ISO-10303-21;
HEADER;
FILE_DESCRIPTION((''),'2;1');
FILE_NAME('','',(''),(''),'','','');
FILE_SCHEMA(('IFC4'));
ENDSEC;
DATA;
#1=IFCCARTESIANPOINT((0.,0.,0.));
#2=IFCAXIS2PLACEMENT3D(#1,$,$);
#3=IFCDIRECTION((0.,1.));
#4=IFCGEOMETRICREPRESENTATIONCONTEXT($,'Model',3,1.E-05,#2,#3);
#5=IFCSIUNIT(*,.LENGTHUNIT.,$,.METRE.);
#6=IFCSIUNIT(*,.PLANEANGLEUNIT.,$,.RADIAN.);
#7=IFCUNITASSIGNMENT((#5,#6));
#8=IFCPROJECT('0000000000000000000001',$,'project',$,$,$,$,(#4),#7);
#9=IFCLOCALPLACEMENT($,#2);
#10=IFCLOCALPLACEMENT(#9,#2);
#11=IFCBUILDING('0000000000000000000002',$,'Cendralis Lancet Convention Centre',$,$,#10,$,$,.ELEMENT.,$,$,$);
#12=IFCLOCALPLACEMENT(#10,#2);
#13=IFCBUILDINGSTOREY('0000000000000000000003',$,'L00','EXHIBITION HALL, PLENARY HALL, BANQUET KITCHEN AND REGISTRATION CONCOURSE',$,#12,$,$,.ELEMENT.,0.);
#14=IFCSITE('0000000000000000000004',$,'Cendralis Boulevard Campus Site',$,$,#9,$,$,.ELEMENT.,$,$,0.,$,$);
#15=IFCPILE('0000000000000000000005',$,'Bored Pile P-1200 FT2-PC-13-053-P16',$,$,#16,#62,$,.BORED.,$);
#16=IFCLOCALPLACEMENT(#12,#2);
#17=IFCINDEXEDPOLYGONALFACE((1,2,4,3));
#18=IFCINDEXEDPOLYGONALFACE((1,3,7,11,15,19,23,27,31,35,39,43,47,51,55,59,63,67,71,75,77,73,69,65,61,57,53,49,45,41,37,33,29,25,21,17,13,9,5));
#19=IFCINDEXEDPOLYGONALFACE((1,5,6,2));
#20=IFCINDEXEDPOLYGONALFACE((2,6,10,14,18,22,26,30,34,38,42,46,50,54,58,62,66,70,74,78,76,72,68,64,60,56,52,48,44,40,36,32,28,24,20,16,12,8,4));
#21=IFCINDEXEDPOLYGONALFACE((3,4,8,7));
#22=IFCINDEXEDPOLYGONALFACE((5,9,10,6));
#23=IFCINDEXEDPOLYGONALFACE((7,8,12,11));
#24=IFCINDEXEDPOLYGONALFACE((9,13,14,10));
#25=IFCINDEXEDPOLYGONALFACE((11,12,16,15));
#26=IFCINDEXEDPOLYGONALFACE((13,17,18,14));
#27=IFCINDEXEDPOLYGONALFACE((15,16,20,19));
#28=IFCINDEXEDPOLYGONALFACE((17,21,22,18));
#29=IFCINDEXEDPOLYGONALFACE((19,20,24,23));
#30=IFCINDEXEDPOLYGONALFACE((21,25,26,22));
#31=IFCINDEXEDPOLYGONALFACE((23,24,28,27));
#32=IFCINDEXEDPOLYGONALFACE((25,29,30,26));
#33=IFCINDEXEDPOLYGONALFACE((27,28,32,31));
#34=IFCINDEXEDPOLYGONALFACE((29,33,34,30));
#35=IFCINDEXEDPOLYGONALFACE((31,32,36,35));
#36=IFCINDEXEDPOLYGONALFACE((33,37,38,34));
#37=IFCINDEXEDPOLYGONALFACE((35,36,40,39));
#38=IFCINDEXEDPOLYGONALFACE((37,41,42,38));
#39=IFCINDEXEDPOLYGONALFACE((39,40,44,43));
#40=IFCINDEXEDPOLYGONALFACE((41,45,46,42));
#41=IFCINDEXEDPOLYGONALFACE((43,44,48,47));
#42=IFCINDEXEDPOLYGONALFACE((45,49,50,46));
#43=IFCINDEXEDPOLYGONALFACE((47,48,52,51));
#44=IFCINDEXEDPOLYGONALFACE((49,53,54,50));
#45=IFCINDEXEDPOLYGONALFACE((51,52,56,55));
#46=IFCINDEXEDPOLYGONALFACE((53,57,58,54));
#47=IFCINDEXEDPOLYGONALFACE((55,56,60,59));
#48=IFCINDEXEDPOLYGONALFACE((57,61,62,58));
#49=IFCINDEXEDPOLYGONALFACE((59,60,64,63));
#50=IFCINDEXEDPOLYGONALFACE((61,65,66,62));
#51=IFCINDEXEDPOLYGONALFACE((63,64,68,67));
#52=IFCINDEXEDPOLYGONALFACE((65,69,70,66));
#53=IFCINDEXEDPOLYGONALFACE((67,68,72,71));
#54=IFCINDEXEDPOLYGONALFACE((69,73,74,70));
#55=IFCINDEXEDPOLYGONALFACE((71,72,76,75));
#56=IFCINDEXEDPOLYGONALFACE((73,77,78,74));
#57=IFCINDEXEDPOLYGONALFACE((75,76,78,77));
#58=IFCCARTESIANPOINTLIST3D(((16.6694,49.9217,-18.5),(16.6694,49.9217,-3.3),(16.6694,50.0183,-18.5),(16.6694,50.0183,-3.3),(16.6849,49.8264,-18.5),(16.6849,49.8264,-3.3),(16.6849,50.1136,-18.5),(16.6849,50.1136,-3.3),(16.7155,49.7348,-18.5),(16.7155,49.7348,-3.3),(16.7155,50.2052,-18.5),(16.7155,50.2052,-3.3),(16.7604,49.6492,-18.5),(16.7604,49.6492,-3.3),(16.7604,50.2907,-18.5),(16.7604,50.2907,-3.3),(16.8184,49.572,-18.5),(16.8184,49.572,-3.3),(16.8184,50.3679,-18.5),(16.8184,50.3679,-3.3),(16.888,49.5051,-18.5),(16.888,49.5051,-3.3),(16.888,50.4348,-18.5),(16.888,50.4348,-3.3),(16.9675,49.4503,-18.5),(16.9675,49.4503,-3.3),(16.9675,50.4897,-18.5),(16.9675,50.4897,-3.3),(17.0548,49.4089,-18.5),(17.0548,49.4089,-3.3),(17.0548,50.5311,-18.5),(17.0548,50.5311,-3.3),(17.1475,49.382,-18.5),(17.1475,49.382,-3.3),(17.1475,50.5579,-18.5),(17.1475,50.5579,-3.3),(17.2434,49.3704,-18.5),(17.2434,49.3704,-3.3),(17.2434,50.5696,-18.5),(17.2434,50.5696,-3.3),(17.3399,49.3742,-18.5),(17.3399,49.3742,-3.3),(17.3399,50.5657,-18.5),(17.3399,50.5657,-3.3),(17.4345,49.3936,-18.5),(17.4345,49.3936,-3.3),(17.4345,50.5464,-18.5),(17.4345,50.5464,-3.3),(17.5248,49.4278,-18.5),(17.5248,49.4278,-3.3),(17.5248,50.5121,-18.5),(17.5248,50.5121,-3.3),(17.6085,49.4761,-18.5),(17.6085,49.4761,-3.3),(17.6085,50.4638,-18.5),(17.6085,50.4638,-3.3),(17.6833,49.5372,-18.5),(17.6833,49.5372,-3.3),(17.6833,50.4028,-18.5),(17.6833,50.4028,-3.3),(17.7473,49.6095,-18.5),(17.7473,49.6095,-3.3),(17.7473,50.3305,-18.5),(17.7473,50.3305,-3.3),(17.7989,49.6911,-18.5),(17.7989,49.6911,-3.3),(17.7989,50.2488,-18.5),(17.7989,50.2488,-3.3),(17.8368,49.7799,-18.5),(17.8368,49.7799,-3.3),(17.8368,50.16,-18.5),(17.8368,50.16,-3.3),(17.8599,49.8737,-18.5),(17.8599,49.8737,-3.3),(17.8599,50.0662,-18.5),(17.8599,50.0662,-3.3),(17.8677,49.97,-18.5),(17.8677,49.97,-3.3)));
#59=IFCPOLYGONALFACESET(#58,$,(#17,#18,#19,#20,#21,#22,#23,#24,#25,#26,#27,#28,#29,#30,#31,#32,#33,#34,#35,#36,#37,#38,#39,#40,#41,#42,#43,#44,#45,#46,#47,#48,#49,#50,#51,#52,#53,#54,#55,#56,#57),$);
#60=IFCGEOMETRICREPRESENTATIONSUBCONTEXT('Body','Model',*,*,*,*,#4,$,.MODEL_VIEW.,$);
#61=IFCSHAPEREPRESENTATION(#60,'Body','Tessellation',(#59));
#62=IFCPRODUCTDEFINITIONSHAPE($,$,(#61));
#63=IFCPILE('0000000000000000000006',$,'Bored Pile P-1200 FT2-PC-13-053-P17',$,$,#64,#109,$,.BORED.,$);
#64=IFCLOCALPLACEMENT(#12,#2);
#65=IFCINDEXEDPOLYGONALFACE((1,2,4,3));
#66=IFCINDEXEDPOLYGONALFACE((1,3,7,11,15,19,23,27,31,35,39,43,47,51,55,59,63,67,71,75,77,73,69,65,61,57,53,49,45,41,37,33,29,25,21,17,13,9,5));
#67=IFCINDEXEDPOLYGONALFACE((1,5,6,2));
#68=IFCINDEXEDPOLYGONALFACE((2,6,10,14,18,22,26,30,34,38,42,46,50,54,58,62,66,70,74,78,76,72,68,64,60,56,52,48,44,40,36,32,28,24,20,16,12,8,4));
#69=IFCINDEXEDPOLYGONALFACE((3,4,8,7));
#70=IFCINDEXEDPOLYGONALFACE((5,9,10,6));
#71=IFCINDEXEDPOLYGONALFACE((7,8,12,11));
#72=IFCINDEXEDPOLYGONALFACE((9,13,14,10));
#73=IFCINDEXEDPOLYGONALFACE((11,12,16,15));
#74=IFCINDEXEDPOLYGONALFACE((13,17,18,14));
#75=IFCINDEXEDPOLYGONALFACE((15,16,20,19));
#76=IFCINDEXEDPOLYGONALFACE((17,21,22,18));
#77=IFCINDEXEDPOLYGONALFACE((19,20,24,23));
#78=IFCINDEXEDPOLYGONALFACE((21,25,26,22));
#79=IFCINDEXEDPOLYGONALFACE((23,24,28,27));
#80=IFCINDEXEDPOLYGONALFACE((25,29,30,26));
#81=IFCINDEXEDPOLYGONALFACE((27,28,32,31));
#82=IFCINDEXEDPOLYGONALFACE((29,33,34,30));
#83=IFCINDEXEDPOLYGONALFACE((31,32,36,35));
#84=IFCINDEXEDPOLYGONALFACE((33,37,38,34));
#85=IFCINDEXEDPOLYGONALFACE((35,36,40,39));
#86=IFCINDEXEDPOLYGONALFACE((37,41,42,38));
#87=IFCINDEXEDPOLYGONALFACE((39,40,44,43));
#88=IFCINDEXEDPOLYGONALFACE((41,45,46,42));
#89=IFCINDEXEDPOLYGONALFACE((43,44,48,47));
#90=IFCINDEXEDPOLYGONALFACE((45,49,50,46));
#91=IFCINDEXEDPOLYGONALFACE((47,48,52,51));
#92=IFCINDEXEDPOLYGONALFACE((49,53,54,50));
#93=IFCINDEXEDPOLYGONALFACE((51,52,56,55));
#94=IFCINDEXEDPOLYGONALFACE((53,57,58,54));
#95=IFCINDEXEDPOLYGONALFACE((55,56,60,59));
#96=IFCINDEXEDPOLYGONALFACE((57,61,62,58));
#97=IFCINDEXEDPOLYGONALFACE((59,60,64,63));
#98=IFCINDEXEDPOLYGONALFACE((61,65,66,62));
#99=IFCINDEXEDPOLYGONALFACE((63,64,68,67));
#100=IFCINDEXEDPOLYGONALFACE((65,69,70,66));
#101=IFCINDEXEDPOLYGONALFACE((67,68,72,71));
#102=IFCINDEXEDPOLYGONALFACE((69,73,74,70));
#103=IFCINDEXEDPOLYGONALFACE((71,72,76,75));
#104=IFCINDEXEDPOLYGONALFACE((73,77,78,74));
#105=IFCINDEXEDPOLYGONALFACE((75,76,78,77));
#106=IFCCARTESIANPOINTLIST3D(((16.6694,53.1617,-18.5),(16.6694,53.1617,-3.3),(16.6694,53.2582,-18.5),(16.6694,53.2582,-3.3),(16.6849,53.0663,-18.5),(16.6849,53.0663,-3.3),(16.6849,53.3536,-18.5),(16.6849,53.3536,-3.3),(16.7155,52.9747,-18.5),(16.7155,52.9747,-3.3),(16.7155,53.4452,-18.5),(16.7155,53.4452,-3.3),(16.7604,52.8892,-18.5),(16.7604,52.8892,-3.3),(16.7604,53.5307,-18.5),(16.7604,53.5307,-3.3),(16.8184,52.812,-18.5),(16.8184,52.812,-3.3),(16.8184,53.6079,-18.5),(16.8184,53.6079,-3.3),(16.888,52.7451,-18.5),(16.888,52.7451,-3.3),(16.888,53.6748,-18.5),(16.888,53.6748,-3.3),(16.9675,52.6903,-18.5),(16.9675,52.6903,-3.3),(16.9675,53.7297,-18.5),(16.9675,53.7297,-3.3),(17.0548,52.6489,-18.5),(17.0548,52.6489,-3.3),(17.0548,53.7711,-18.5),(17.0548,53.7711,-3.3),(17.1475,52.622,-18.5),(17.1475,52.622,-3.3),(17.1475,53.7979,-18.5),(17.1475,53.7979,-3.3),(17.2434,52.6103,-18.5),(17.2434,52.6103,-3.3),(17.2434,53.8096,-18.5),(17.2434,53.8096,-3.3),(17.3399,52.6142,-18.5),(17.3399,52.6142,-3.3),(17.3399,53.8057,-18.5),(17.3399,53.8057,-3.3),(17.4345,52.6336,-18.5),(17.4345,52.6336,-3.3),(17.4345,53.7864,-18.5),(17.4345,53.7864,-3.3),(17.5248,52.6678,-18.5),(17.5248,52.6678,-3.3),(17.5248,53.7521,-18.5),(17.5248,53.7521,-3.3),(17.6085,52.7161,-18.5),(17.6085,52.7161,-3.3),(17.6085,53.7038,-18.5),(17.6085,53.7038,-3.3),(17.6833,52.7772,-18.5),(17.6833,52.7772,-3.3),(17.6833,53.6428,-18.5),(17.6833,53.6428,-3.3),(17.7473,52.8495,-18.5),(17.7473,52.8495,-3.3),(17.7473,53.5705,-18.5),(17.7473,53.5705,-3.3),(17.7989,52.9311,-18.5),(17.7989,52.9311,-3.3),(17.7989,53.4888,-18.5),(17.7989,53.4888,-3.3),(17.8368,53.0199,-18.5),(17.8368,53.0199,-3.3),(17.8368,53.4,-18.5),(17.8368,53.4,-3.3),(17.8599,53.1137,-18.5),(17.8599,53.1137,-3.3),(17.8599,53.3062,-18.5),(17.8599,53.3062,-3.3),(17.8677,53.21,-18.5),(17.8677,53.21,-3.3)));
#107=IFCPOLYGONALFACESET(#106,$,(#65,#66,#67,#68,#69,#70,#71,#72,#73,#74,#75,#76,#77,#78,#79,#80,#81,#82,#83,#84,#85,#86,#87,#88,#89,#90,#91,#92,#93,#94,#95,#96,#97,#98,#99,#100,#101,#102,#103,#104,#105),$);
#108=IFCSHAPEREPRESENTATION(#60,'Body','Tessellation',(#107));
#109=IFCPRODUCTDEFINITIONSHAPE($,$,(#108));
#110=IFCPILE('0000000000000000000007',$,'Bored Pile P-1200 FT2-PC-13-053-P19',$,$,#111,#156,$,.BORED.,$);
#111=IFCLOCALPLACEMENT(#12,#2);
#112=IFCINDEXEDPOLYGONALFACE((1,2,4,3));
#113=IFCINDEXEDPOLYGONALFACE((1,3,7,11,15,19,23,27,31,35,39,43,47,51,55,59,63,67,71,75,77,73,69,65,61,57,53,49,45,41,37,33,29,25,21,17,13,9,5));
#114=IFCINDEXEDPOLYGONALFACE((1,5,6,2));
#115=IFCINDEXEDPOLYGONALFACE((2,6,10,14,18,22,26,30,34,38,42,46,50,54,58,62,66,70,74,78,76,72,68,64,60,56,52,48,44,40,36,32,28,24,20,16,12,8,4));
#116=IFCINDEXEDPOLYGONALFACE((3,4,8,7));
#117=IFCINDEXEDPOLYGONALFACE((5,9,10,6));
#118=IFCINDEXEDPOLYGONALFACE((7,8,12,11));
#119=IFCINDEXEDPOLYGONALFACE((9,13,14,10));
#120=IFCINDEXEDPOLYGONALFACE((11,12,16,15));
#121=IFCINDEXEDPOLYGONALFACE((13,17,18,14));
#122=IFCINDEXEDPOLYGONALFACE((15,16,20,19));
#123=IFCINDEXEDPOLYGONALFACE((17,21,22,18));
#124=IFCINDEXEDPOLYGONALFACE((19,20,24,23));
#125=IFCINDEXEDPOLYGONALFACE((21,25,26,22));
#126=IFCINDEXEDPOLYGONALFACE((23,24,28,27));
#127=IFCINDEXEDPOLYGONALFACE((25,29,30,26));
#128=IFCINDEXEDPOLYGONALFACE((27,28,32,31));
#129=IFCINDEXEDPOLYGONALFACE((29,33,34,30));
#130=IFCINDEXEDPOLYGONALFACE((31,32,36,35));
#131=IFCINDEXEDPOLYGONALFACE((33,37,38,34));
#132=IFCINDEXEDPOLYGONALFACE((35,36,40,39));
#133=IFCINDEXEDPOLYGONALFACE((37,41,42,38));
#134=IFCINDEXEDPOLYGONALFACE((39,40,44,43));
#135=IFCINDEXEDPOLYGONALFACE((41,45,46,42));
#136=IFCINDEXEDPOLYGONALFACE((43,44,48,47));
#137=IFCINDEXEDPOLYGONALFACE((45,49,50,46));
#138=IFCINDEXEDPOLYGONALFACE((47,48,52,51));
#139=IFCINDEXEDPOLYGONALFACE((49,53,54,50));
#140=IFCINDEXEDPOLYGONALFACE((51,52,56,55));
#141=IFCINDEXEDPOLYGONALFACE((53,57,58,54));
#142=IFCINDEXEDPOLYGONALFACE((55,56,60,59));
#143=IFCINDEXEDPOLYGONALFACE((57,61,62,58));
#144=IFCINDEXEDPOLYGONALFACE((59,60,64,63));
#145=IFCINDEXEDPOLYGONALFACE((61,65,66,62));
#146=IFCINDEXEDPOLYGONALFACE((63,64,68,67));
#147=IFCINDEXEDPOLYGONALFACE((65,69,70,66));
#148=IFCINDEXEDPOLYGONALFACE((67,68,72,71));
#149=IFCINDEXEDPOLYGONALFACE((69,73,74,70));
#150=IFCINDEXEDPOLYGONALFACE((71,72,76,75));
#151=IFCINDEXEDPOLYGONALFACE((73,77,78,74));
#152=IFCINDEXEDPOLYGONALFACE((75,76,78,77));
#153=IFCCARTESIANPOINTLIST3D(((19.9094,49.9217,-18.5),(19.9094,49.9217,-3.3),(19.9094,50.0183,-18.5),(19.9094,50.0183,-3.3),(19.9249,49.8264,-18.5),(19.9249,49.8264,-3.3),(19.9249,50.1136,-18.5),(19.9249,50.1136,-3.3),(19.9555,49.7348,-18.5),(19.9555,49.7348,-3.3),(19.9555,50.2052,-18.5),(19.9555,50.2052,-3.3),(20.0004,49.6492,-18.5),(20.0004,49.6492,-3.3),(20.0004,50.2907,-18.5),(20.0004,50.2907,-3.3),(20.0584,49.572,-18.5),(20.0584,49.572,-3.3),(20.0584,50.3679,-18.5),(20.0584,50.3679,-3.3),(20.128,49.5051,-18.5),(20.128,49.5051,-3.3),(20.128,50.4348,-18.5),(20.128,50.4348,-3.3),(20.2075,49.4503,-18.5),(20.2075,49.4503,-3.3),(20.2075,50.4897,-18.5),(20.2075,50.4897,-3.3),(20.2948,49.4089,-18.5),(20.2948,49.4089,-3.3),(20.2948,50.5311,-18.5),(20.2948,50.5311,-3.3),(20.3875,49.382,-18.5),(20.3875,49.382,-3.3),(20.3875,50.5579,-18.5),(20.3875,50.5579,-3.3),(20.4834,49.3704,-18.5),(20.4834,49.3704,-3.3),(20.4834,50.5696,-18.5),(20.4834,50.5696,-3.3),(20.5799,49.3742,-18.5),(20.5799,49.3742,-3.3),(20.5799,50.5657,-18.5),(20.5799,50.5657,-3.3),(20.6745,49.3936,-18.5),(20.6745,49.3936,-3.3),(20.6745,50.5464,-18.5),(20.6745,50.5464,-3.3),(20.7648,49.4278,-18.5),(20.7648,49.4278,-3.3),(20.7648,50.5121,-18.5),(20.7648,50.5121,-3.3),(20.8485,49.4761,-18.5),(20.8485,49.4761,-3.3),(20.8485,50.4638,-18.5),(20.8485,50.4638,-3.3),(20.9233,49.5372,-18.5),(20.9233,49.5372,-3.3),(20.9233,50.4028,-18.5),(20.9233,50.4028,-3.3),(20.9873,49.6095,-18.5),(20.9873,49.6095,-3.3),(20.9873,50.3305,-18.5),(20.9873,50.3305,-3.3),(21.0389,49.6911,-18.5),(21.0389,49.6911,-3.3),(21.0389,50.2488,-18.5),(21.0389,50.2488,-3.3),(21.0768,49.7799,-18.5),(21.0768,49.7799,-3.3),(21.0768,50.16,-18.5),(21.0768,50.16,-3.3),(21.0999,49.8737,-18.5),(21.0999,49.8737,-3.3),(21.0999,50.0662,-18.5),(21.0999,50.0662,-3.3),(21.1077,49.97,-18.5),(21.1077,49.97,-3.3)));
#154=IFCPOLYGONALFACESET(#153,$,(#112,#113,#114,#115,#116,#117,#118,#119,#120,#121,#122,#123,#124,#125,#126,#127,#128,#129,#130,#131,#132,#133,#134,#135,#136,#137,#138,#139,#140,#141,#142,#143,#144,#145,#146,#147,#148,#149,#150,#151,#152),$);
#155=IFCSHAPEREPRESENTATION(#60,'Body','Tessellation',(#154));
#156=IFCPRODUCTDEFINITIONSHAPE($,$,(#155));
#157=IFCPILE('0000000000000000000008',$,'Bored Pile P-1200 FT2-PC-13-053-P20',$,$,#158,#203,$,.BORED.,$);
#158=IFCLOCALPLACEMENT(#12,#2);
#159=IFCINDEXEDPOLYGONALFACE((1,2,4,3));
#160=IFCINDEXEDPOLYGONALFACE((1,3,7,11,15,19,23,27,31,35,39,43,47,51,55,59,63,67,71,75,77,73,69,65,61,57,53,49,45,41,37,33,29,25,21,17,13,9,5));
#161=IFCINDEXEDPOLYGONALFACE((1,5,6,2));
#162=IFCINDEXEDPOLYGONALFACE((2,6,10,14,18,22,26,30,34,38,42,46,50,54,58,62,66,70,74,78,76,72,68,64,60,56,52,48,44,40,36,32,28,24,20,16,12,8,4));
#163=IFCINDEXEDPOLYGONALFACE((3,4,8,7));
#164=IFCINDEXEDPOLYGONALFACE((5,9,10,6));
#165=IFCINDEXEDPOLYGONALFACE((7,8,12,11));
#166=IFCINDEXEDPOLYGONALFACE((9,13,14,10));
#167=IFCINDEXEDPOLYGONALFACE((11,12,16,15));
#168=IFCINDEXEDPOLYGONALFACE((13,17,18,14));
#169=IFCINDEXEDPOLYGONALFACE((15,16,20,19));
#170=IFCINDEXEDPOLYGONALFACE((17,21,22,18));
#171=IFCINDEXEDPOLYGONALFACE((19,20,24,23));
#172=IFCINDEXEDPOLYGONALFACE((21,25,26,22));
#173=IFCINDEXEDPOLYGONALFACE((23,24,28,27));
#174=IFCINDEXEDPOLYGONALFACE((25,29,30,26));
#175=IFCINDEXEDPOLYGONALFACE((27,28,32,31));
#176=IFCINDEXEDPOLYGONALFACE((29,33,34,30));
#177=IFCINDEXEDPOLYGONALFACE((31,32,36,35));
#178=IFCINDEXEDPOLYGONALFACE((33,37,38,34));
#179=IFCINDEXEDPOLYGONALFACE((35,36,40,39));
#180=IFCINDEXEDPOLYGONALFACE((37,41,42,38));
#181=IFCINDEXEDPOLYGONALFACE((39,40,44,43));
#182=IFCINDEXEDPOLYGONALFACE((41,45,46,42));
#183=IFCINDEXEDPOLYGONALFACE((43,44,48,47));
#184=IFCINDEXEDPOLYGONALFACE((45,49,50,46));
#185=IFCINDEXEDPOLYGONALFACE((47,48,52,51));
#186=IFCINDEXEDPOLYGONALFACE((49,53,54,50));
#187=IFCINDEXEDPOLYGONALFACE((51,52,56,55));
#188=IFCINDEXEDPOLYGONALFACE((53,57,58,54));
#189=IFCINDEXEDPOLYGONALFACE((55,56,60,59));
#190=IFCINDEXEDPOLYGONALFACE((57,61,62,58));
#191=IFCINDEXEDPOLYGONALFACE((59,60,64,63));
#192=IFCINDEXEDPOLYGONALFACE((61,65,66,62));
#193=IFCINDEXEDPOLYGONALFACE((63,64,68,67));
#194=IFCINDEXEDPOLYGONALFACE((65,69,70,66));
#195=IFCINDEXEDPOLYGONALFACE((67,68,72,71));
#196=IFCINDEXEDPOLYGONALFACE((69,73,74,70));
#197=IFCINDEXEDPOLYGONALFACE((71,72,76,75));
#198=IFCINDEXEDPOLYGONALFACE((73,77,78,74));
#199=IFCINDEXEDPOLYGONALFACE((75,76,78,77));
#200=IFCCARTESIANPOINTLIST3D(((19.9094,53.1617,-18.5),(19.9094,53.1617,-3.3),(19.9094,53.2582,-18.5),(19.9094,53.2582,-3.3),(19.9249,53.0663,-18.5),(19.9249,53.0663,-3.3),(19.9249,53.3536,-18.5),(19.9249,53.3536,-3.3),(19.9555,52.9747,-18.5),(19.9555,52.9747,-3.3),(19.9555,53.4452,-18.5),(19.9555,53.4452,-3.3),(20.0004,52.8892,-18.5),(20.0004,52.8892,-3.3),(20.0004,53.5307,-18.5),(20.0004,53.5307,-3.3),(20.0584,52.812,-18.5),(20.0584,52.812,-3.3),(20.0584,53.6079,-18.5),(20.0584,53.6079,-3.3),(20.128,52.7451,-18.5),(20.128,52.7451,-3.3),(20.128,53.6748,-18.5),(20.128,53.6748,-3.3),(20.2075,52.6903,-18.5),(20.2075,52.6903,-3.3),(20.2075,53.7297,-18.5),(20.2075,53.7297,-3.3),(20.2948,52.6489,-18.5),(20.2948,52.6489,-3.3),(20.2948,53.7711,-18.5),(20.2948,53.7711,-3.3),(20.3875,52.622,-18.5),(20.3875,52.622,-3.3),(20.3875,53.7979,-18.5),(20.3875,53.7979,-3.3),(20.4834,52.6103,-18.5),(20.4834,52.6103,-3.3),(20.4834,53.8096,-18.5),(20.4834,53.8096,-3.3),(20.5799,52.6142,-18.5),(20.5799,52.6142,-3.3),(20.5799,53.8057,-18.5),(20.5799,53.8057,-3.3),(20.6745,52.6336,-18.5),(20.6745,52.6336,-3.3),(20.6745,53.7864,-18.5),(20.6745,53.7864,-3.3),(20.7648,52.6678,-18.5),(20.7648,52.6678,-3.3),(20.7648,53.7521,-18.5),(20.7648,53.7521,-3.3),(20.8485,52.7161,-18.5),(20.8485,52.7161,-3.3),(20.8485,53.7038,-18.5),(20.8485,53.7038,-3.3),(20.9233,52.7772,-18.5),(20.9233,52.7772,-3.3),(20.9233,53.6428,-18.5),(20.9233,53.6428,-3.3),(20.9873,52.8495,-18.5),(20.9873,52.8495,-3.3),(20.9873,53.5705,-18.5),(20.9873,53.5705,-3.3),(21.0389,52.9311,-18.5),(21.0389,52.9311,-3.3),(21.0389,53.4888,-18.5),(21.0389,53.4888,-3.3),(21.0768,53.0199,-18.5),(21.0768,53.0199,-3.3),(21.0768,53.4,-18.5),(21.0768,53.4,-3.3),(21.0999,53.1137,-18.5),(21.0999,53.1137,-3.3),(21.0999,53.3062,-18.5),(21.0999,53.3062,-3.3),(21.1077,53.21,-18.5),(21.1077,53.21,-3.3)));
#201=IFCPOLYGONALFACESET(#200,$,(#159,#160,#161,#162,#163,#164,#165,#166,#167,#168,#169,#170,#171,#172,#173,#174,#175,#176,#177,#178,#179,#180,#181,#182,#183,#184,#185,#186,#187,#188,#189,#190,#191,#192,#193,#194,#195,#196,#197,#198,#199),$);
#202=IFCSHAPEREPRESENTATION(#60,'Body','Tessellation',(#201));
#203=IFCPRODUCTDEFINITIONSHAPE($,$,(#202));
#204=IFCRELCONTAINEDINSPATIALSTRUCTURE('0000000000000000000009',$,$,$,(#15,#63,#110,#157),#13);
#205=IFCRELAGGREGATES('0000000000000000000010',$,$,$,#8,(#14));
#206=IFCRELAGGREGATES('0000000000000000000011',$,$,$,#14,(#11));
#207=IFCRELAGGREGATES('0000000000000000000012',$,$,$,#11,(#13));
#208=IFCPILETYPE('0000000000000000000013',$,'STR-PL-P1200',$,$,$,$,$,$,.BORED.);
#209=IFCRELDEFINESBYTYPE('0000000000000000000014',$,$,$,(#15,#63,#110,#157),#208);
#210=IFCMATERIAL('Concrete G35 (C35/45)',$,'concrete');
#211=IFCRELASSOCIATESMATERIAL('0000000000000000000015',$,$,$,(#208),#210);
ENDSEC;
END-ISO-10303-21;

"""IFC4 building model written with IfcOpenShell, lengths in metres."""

from ifc_helpers import new_model, si_unit, direction, frame, origin, origin_2d, place, context, subcontext, project, spatial, circle, extrude, material, material_profile, profile_set, type_object, element, save


model = new_model("IFC4")

# Units and contexts
model_context = context("Model", 3, precision=1e-05, world=origin(), true_north=direction((0.0, 1.0)))
body_context = subcontext(model_context, "Body", "Model", "MODEL_VIEW")
ifc_project = project(units=[si_unit("LENGTHUNIT", "METRE"), si_unit("PLANEANGLEUNIT", "RADIAN")], contexts=[model_context])

# Site, building, storey
site_placement = place(None, origin())
site = spatial("IfcSite", under=ifc_project, at=site_placement, Name="Cendralis Boulevard Campus Site", CompositionType="ELEMENT", RefElevation=0.0)
building_placement = place(site_placement, origin())
building = spatial("IfcBuilding", under=site, at=building_placement, Name="Cendralis Lancet Convention Centre", CompositionType="ELEMENT")
storey_placement = place(building_placement, origin())
storey = spatial("IfcBuildingStorey", under=building, at=storey_placement, Name="L00", Description="EXHIBITION HALL, PLENARY HALL, BANQUET KITCHEN AND REGISTRATION CONCOURSE", CompositionType="ELEMENT", Elevation=0.0)

# Piles
ifc_material_1 = material(Name="Concrete G35 (C35/45)", Category="concrete")
ifc_material_profile_1 = material_profile(ifc_material_1, circle(Radius=0.6001, at=origin_2d()), Name="BORED PILE D1200")
ifc_profile_set_1 = profile_set([ifc_material_profile_1], Name="Concrete G35 (C35/45)")
pile_type = type_object("IfcPileType", Name="STR-PL-P1200", PredefinedType="BORED", material=ifc_profile_set_1)
for number, where, z_axis, x_axis, name in (
    (1, (17.2676, 49.97, -3.3), (0.0, 0.0, -1.0), (1.0, 0.0, 0.0), "Bored Pile P-1200 FT2-PC-13-053-P16"),
    (2, (17.2676, 53.21, -3.3), (0.0, 0.0, -1.0), (1.0, 0.0, 0.0), "Bored Pile P-1200 FT2-PC-13-053-P17"),
    (3, (20.5076, 49.97, -3.3), (0.0, 0.0, -1.0), (1.0, 0.0, 0.0), "Bored Pile P-1200 FT2-PC-13-053-P19"),
    (4, (20.5076, 53.21, -3.3), (0.0, 0.0, -1.0), (1.0, 0.0, 0.0), "Bored Pile P-1200 FT2-PC-13-053-P20"),
):
    element("IfcPile", number, at=place(storey_placement, frame(where, z_axis=z_axis, x_axis=x_axis)), inside=storey, type_object=pile_type, Name=name, PredefinedType="BORED", context=body_context, shape_type="SweptSolid", body=[
        extrude(circle(Radius=0.6001, at=origin_2d()), origin(), (0.0, 0.0, 1.0), 15.2),
    ])

save(model, "model.ifc")
